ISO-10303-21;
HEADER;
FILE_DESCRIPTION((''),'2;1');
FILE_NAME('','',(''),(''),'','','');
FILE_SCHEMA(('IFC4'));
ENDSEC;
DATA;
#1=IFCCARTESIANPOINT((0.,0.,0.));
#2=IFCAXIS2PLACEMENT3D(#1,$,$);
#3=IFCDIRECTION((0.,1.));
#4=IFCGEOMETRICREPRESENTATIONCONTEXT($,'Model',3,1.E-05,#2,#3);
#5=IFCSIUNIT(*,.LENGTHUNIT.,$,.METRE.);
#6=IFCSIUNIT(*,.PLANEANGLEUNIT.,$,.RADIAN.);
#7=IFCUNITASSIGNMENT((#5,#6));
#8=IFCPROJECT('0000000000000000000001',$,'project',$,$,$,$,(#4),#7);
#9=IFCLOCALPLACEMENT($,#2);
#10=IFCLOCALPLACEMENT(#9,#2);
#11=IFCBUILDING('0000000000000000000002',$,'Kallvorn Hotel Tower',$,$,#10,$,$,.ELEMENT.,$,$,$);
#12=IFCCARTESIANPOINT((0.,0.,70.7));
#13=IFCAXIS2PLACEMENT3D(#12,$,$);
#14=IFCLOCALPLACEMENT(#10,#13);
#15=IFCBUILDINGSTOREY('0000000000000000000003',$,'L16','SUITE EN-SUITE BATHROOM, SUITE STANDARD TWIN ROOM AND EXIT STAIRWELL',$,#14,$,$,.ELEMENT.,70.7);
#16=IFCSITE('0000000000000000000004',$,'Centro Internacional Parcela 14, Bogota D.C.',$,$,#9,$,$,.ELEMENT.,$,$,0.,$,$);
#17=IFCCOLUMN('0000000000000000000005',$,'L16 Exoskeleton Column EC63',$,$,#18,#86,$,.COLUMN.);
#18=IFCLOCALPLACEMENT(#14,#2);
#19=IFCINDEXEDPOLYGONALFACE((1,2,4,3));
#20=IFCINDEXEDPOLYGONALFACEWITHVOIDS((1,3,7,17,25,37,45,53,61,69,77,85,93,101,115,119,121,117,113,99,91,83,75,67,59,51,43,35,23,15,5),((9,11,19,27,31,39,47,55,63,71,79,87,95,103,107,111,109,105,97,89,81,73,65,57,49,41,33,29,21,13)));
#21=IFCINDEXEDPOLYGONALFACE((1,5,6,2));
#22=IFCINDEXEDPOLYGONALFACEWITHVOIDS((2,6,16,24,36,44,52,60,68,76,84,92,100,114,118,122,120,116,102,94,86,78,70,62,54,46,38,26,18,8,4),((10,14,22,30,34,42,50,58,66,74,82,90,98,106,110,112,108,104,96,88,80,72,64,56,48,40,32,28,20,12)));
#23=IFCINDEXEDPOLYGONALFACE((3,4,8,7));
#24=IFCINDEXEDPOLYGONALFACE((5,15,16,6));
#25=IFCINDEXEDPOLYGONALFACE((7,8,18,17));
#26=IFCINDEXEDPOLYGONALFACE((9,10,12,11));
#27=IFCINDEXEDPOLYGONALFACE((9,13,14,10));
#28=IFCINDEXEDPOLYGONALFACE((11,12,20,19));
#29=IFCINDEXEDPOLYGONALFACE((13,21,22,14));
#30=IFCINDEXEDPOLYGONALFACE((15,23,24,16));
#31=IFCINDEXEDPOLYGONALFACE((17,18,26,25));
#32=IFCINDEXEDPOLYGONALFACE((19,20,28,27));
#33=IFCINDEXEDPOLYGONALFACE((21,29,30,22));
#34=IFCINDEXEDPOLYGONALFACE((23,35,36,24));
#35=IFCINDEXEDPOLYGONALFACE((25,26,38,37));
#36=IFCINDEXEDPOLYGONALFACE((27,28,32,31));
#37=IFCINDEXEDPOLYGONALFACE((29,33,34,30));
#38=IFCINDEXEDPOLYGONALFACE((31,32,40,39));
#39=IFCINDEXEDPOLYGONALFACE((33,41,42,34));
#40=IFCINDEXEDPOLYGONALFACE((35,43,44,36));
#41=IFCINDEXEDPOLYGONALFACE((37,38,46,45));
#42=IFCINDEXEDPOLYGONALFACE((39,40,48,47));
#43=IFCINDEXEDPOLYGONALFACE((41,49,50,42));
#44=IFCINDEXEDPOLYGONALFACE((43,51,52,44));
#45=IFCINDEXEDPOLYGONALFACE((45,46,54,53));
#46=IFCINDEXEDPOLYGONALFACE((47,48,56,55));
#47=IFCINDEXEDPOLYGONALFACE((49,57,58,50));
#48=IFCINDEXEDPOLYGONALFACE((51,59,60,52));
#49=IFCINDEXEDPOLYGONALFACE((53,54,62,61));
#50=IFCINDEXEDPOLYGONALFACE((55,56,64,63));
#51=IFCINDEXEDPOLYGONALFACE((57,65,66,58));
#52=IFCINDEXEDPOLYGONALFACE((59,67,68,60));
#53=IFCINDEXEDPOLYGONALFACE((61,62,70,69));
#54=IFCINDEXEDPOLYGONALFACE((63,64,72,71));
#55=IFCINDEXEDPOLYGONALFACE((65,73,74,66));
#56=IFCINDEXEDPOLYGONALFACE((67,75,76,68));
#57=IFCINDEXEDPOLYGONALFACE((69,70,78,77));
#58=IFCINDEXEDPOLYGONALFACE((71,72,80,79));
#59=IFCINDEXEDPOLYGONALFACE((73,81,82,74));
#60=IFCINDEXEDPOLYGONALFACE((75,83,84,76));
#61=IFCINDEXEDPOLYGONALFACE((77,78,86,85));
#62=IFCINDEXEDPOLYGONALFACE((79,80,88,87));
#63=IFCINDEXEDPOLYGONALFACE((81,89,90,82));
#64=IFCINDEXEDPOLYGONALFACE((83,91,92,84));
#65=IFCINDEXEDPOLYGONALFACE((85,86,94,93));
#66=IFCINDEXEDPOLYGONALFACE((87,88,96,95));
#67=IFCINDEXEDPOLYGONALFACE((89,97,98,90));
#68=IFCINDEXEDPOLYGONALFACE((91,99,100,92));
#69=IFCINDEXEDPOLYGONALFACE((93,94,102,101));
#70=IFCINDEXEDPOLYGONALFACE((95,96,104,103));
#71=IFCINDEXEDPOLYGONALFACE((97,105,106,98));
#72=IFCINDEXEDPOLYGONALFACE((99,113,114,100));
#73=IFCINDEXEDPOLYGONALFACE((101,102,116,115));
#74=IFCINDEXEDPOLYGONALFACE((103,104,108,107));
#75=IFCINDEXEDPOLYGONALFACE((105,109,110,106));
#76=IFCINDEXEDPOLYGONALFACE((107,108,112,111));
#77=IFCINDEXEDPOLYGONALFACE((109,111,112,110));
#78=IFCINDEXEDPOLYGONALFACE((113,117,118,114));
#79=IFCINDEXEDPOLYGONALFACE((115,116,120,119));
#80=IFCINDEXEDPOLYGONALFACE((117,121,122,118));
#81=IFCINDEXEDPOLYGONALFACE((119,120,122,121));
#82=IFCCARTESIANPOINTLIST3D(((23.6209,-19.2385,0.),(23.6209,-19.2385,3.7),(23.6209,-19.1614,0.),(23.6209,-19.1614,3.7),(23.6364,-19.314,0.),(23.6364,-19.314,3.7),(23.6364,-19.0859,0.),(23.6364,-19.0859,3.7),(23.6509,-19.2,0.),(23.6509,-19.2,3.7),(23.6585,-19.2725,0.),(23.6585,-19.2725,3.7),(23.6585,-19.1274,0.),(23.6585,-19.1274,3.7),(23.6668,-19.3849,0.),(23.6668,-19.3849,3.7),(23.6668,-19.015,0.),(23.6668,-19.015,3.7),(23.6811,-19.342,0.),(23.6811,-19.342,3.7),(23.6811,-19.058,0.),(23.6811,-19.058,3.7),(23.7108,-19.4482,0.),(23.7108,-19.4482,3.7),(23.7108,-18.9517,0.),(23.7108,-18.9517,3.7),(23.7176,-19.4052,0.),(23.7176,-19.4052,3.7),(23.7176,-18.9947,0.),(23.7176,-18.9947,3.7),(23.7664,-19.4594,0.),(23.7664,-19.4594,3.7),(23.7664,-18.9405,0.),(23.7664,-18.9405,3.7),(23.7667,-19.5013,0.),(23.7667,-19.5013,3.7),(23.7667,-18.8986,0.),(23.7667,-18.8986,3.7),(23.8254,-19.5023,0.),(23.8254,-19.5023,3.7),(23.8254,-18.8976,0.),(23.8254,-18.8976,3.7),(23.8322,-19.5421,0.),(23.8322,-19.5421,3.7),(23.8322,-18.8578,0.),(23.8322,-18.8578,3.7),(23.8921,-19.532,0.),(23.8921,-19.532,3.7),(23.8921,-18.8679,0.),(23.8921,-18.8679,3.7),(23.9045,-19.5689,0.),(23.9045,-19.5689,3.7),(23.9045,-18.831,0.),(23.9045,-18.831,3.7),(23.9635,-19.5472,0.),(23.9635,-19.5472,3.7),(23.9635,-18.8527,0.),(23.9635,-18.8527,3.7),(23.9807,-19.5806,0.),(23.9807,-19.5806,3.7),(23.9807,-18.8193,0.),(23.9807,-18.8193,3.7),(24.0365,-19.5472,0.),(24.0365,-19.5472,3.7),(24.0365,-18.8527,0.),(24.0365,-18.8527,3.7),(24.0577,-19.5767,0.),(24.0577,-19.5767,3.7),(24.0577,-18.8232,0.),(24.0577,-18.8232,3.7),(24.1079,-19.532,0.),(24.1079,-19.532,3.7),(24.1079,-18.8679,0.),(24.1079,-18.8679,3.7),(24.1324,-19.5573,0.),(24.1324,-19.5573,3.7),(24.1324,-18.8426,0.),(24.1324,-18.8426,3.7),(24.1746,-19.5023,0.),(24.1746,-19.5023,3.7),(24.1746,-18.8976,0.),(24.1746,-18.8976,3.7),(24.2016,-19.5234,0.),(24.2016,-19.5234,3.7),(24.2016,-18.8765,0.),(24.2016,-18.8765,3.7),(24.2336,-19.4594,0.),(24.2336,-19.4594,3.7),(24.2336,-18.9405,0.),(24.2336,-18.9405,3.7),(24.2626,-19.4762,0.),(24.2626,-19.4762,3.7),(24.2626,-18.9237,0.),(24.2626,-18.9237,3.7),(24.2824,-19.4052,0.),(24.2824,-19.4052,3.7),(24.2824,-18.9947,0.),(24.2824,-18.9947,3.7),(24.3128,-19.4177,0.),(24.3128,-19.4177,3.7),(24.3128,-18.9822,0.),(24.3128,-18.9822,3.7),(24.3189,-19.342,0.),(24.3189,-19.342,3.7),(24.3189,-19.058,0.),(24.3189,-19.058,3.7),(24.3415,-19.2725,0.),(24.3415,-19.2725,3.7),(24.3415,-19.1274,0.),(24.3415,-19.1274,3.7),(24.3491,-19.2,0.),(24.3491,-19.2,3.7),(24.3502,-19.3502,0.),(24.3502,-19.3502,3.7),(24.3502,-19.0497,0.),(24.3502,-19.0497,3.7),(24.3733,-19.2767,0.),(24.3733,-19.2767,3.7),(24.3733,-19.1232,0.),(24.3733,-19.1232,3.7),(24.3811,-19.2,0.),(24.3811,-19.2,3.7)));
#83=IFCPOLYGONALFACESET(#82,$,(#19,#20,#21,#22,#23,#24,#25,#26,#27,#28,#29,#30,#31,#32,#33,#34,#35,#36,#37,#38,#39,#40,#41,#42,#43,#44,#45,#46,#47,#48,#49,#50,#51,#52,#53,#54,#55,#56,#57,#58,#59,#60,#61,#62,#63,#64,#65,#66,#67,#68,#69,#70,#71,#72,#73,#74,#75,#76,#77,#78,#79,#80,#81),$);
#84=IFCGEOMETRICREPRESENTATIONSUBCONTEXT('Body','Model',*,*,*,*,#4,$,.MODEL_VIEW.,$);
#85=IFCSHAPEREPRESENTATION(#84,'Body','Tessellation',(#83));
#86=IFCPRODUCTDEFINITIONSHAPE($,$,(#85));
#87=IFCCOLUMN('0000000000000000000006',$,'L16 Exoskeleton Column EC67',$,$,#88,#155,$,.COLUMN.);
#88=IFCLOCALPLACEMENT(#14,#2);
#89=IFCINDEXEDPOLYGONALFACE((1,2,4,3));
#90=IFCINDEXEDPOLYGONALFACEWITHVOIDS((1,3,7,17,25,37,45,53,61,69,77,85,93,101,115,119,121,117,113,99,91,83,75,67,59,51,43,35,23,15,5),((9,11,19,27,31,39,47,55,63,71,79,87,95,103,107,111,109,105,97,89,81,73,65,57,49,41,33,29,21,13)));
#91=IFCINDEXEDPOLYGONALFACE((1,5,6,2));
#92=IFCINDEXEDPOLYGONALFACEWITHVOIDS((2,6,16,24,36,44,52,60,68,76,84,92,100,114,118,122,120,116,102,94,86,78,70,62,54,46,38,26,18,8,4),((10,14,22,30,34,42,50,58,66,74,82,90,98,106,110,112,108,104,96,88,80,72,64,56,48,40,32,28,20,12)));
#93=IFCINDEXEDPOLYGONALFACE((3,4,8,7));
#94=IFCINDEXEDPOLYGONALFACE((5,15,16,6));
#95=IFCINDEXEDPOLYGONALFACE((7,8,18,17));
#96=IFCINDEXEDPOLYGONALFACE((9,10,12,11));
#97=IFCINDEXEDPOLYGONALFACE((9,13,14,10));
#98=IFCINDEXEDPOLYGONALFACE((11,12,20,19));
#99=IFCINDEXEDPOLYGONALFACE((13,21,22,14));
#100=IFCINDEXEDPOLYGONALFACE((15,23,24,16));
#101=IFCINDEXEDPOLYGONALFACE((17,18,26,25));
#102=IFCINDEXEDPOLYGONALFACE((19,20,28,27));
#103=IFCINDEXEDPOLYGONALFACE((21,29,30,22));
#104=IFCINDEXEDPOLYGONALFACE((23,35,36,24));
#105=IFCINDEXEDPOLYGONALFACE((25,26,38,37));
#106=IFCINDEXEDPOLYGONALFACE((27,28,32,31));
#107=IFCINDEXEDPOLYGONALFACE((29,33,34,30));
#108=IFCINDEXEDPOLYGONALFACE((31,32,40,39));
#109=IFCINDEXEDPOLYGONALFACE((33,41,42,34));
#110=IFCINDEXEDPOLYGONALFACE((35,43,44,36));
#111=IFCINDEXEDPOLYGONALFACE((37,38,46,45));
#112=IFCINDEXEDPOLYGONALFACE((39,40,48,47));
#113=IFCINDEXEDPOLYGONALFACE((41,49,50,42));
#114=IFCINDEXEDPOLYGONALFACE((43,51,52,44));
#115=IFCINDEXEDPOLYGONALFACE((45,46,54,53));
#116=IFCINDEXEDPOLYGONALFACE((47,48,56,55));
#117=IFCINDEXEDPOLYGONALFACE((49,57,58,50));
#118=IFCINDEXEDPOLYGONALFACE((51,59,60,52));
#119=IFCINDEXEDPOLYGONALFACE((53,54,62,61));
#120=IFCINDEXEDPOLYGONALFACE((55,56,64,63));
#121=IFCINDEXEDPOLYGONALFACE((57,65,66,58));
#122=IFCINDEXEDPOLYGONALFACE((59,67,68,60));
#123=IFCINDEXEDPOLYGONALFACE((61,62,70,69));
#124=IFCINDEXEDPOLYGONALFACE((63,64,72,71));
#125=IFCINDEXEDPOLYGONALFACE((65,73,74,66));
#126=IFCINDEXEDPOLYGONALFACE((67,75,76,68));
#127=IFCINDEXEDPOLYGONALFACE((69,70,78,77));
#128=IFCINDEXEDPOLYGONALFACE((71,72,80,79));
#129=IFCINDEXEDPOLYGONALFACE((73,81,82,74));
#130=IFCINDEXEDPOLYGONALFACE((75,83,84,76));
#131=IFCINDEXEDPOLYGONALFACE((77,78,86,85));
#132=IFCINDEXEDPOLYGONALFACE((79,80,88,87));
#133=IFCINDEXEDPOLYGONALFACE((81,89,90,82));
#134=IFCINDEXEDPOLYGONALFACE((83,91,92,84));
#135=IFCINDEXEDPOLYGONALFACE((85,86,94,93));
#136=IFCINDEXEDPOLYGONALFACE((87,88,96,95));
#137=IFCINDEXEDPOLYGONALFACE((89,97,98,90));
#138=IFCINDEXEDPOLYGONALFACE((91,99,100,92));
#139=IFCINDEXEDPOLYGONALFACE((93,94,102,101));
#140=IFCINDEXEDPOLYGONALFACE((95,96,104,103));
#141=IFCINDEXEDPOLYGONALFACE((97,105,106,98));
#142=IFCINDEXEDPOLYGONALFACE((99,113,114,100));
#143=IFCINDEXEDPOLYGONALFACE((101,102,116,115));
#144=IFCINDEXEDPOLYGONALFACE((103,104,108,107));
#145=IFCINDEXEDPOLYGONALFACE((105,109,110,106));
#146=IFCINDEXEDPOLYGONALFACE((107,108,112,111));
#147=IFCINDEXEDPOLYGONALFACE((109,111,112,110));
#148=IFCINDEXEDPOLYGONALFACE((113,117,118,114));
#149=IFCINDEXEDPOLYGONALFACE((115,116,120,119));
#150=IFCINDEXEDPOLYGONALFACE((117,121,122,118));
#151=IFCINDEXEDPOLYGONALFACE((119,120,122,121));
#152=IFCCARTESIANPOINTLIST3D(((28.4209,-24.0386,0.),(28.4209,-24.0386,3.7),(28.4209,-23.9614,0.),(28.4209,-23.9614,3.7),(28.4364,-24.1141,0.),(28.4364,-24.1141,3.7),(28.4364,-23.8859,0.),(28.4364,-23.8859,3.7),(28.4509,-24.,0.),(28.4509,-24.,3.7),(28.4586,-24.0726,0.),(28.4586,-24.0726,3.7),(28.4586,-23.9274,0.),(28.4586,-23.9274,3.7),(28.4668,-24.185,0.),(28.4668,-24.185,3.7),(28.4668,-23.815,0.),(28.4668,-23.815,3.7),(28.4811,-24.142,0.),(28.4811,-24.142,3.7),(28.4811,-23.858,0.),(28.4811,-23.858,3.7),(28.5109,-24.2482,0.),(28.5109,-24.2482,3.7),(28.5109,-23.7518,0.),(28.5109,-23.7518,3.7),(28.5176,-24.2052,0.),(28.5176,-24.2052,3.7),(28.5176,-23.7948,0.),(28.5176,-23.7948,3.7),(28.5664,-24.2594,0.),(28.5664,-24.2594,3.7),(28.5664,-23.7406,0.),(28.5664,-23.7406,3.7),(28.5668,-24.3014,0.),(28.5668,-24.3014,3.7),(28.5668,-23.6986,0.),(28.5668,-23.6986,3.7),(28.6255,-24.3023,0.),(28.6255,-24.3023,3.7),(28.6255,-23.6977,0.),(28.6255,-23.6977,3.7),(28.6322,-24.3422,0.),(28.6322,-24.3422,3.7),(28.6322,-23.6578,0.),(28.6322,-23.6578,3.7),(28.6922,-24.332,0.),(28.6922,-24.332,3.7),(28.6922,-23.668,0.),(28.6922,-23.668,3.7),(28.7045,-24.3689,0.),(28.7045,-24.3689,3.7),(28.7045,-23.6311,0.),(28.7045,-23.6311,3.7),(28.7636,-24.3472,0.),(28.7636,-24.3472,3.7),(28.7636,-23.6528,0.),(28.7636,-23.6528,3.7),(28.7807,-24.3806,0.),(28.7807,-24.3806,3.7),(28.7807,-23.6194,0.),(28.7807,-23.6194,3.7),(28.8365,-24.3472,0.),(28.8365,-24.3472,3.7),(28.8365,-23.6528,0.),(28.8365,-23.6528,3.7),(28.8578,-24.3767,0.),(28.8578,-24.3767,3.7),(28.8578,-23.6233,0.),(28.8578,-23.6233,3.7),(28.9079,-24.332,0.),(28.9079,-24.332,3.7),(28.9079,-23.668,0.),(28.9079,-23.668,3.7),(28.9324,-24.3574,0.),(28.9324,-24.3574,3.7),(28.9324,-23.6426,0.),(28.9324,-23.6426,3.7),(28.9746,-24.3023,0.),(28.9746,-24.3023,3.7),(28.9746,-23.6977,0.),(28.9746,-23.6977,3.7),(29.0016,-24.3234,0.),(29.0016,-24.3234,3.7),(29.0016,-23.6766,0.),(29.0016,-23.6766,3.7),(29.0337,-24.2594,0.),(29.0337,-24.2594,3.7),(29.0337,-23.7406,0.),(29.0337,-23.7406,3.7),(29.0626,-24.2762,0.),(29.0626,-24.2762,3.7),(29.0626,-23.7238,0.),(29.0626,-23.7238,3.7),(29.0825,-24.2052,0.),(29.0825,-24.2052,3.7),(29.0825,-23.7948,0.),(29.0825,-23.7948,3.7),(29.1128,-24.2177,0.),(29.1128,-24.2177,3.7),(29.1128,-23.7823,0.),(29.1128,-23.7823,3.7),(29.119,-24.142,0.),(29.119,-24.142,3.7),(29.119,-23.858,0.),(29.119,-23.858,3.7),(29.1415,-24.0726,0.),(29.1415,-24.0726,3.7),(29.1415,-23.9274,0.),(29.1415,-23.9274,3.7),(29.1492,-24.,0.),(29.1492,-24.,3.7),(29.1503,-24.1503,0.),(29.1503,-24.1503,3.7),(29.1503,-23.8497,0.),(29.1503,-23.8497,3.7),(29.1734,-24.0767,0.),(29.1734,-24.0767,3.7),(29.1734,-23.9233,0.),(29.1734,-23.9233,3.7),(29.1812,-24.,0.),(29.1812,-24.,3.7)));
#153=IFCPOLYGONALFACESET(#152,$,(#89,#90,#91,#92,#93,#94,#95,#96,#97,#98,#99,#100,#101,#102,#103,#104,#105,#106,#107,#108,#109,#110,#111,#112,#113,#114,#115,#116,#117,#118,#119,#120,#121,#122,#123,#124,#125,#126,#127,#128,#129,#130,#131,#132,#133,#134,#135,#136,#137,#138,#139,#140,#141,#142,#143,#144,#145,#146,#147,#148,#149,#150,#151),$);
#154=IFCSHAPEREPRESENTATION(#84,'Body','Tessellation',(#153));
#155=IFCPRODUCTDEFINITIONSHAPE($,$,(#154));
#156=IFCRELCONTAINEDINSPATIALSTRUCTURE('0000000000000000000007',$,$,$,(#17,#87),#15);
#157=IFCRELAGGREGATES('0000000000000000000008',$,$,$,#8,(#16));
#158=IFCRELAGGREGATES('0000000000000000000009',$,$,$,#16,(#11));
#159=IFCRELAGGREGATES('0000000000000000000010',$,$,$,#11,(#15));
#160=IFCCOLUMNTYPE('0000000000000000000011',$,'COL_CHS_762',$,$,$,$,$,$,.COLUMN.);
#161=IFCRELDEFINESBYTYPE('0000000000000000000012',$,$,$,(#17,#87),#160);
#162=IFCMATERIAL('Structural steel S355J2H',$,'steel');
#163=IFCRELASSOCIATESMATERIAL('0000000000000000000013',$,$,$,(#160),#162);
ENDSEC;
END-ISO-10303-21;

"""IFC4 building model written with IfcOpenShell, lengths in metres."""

from ifc_helpers import new_model, si_unit, direction, frame, origin, origin_2d, place, context, subcontext, project, spatial, hollow_circle, extrude, material, material_profile, profile_set, type_object, element, save


model = new_model("IFC4")

# Units and contexts
model_context = context("Model", 3, precision=1e-05, world=origin(), true_north=direction((0.0, 1.0)))
body_context = subcontext(model_context, "Body", "Model", "MODEL_VIEW")
ifc_project = project(units=[si_unit("LENGTHUNIT", "METRE"), si_unit("PLANEANGLEUNIT", "RADIAN")], contexts=[model_context])

# Site, building, storey
site_placement = place(None, origin())
site = spatial("IfcSite", under=ifc_project, at=site_placement, Name="Centro Internacional Parcela 14, Bogota D.C.", CompositionType="ELEMENT", RefElevation=0.0)
building_placement = place(site_placement, origin())
building = spatial("IfcBuilding", under=site, at=building_placement, Name="Kallvorn Hotel Tower", CompositionType="ELEMENT")
storey_placement = place(building_placement, frame((0.0, 0.0, 70.7)))
storey = spatial("IfcBuildingStorey", under=building, at=storey_placement, Name="L16", Description="SUITE EN-SUITE BATHROOM, SUITE STANDARD TWIN ROOM AND EXIT STAIRWELL", CompositionType="ELEMENT", Elevation=70.7)

# Columns
ifc_material_1 = material(Name="Structural steel S355J2H", Category="steel")
ifc_material_profile_1 = material_profile(ifc_material_1, hollow_circle(Radius=0.3811, WallThickness=0.032, at=origin_2d()), Name="CHS 762x32")
ifc_profile_set_1 = profile_set([ifc_material_profile_1], Name="Structural steel S355J2H")
column_type = type_object("IfcColumnType", Name="COL_CHS_762", PredefinedType="COLUMN", material=ifc_profile_set_1)
for number, where, z_axis, x_axis, name in (
    (1, (24.0, -19.2, 0.0), (0.0, 0.0, 1.0), (1.0, 0.0, 0.0), "L16 Exoskeleton Column EC63"),
    (2, (28.8, -24.0, 0.0), (0.0, 0.0, 1.0), (1.0, 0.0, 0.0), "L16 Exoskeleton Column EC67"),
):
    element("IfcColumn", number, at=place(storey_placement, frame(where, z_axis=z_axis, x_axis=x_axis)), inside=storey, type_object=column_type, Name=name, PredefinedType="COLUMN", context=body_context, shape_type="SweptSolid", body=[
        extrude(hollow_circle(Radius=0.3811, WallThickness=0.032, at=origin_2d()), origin(), (0.0, 0.0, 1.0), 3.7),
    ])

save(model, "model.ifc")
